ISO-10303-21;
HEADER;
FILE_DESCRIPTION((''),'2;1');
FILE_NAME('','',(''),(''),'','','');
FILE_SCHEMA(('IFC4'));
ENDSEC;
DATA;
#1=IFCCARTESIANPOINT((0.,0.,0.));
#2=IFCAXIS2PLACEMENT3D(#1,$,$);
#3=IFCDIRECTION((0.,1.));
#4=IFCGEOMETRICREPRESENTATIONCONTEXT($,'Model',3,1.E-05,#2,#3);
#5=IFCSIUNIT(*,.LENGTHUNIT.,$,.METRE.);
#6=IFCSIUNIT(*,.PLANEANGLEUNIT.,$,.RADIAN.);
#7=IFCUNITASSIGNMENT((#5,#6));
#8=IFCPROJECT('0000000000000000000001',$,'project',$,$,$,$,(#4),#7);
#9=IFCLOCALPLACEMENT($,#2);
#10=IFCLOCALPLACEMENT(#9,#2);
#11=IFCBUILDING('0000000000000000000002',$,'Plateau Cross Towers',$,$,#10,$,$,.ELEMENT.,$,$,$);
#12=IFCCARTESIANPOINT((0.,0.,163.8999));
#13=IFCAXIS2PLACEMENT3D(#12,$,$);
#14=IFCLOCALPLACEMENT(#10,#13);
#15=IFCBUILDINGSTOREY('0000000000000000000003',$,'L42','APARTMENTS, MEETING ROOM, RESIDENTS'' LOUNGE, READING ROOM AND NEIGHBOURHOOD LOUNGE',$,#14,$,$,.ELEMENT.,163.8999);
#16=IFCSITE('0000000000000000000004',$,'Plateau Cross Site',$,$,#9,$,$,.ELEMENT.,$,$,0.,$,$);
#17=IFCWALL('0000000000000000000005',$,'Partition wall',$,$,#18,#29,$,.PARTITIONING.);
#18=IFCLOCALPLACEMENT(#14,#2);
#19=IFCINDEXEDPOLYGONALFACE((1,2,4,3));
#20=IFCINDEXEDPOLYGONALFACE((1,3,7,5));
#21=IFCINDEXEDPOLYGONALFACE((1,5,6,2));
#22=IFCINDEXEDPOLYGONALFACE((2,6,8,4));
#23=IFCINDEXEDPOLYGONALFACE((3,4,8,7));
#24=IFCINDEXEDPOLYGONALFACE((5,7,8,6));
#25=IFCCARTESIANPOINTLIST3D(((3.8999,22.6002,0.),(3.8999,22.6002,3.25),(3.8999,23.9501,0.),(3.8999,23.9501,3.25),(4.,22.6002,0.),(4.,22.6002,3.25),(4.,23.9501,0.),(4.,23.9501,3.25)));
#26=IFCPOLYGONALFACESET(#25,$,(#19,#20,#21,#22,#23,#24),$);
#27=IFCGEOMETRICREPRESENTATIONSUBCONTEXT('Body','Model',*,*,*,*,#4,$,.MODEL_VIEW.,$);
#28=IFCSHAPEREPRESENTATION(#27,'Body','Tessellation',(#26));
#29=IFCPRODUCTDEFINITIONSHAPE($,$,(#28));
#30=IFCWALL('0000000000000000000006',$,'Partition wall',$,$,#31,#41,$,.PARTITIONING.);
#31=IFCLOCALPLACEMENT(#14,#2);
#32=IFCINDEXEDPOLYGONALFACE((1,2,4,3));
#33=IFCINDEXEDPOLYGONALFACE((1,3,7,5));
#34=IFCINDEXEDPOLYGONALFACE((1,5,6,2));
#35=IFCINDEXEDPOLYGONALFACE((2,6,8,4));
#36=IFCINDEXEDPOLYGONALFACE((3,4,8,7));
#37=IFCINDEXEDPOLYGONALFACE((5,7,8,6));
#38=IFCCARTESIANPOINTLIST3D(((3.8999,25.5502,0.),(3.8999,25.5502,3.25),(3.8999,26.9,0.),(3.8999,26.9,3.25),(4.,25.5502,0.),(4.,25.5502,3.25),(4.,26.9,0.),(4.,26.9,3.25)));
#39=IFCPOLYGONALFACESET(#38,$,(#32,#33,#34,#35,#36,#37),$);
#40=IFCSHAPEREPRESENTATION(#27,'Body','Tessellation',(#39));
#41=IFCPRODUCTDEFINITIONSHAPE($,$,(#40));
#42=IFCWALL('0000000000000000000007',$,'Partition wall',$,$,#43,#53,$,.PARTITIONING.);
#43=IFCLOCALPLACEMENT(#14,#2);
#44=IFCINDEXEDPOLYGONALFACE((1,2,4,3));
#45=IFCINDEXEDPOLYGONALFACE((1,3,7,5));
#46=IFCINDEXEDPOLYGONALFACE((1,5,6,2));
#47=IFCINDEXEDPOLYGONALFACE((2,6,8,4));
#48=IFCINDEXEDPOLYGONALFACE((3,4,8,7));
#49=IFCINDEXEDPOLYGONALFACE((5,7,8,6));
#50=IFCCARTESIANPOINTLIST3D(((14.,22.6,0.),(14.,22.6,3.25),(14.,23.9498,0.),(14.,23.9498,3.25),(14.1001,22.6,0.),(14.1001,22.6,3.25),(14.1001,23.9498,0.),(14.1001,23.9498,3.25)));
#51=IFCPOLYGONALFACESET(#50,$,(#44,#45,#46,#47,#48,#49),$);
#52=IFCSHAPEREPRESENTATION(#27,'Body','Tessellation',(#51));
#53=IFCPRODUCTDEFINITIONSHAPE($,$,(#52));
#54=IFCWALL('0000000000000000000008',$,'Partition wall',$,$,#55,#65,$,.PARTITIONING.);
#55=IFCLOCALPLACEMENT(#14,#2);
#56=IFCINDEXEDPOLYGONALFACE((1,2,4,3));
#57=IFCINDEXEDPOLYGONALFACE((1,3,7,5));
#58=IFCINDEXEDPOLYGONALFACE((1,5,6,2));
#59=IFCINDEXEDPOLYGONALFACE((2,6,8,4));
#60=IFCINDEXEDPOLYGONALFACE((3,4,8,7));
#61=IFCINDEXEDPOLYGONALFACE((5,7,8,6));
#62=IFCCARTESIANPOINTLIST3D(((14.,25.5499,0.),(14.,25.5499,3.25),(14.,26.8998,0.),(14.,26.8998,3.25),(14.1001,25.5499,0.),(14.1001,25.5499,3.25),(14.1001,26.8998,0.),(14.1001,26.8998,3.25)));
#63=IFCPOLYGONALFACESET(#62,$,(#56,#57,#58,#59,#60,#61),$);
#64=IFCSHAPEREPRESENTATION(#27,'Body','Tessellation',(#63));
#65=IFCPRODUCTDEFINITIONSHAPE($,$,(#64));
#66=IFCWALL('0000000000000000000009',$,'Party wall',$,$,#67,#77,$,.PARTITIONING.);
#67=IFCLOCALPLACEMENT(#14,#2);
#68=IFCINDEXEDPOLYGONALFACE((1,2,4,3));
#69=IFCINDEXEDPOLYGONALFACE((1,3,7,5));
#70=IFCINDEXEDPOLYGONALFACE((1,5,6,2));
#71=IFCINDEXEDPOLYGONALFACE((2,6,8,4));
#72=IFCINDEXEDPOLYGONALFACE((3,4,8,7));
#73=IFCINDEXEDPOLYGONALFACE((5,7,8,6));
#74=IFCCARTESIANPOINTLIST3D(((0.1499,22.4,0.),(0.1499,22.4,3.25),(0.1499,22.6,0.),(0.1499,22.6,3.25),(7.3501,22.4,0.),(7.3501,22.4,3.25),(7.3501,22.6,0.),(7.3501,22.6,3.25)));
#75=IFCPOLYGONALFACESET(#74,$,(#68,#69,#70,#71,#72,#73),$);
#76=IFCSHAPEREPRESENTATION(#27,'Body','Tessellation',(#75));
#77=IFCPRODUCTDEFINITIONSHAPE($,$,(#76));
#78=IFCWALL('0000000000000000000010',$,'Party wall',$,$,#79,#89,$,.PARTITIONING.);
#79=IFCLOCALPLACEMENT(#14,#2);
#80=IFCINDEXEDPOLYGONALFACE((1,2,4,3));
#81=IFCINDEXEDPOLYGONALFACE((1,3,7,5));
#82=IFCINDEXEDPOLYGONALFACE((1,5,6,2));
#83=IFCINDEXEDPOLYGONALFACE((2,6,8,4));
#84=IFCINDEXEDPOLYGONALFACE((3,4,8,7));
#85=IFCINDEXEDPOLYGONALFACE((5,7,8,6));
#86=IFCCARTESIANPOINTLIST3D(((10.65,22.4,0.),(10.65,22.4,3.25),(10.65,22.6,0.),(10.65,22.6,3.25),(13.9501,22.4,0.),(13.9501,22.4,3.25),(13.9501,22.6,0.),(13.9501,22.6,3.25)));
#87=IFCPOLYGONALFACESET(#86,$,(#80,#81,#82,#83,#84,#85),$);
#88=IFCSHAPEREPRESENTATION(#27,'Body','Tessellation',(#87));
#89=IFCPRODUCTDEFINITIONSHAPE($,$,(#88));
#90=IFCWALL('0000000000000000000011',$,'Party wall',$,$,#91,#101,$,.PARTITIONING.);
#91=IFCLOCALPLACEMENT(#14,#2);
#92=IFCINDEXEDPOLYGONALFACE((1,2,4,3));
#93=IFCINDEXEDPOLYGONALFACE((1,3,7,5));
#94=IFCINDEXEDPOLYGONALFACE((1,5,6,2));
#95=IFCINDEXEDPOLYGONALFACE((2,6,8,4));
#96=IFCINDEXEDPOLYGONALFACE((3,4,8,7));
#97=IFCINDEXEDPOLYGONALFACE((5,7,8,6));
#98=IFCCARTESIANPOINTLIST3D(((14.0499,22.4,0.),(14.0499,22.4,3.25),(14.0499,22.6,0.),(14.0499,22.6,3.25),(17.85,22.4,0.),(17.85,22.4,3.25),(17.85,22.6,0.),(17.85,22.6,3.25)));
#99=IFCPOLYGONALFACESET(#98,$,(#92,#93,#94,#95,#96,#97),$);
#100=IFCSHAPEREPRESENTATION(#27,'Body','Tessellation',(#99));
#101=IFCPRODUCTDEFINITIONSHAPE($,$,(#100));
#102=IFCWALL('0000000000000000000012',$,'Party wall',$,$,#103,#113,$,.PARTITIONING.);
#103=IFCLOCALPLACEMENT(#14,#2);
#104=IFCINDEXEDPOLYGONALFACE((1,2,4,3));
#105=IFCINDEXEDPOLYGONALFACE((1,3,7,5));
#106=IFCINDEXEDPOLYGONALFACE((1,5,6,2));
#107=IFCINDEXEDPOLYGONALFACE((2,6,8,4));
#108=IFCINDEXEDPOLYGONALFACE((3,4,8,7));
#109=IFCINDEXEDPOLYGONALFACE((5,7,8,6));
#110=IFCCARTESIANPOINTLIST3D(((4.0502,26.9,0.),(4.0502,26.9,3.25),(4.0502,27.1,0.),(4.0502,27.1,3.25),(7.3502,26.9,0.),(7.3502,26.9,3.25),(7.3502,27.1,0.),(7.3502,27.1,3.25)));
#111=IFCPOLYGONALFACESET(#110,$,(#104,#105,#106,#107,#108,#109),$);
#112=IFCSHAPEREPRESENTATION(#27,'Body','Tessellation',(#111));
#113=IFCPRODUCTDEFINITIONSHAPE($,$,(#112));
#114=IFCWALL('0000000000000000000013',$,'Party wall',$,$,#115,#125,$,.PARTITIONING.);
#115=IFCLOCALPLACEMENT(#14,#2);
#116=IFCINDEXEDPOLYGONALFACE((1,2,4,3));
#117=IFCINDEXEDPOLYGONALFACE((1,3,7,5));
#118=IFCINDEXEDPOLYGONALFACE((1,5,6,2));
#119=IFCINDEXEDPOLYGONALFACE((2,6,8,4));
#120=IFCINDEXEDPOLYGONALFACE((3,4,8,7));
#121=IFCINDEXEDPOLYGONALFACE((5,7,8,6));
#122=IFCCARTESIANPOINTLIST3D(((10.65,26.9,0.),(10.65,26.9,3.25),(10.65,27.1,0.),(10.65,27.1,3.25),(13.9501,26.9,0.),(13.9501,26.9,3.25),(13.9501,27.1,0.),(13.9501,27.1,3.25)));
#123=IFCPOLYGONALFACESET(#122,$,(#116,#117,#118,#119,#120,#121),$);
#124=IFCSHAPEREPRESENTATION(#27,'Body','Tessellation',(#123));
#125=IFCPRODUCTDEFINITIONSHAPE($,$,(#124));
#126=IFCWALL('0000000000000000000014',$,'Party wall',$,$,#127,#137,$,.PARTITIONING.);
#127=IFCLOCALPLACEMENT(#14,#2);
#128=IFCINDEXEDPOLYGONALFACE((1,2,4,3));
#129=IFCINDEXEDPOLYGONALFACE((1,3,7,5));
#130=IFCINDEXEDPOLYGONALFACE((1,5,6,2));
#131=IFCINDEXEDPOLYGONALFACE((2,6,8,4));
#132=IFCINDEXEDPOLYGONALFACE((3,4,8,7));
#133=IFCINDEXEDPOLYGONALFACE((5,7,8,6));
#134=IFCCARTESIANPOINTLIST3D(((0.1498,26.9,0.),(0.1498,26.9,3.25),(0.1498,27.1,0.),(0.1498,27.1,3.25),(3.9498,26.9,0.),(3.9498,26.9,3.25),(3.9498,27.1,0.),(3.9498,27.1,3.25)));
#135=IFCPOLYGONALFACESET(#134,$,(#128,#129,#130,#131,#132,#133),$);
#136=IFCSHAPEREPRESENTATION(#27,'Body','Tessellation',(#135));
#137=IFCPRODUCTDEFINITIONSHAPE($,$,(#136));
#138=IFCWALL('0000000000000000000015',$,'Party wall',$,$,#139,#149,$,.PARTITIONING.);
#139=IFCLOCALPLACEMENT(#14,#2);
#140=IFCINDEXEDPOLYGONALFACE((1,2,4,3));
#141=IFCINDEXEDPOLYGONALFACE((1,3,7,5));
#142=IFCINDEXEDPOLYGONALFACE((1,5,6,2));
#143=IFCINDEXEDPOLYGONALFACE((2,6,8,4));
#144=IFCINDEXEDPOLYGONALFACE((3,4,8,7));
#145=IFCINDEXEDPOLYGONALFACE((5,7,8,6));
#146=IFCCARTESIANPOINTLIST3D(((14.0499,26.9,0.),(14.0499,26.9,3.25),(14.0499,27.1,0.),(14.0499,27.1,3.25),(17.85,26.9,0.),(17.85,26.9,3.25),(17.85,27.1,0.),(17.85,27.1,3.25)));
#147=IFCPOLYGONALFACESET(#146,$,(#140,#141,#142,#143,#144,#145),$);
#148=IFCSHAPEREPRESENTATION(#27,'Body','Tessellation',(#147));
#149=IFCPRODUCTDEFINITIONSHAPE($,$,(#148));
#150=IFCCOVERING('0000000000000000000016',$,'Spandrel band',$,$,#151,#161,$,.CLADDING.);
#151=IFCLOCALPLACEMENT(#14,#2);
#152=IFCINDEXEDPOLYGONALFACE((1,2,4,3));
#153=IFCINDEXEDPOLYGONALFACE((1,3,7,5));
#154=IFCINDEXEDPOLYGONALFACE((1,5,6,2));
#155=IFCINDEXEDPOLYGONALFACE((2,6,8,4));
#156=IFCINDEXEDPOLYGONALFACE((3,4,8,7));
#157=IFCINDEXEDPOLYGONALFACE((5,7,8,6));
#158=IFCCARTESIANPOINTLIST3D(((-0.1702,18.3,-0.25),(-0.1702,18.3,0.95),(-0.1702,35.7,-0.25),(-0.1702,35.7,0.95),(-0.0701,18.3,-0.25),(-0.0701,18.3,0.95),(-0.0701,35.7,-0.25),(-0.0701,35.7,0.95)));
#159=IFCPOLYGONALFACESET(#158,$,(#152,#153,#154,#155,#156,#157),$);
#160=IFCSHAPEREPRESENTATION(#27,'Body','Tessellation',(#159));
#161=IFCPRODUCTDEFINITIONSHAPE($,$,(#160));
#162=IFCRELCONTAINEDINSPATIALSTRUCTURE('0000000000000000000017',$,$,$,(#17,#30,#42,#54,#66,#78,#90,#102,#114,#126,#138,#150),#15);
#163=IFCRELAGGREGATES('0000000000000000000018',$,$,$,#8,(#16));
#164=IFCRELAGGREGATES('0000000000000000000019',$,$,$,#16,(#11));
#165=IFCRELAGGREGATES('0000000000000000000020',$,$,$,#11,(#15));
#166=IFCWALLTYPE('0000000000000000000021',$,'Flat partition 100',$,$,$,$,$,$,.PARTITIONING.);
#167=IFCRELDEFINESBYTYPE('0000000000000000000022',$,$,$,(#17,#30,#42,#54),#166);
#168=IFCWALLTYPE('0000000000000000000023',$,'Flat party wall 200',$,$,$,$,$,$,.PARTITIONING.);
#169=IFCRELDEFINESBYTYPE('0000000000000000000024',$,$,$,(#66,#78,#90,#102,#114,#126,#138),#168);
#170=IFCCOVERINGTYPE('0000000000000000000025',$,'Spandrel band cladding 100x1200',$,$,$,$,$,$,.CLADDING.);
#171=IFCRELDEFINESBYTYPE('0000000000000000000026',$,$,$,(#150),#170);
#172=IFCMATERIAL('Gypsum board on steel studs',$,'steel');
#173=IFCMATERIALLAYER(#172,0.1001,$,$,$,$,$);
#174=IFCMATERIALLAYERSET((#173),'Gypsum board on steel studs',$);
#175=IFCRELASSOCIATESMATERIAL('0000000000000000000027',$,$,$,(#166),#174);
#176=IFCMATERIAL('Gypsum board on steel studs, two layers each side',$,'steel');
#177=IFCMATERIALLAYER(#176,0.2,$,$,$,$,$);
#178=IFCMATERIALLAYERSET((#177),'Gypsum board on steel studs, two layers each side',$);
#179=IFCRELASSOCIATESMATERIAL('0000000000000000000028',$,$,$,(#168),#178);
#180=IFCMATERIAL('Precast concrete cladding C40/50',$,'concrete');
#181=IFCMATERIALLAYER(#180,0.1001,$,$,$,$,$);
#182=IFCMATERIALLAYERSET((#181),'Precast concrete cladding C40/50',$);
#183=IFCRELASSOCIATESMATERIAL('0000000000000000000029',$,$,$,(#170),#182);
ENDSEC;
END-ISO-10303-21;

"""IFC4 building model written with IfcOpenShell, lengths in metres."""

from ifc_helpers import new_model, si_unit, direction, frame, frame_2d, origin, origin_2d, place, context, subcontext, project, spatial, rectangle, extrude, material, layer, layer_set, type_object, element, save


model = new_model("IFC4")

# Units and contexts
model_context = context("Model", 3, precision=1e-05, world=origin(), true_north=direction((0.0, 1.0)))
body_context = subcontext(model_context, "Body", "Model", "MODEL_VIEW")
ifc_project = project(units=[si_unit("LENGTHUNIT", "METRE"), si_unit("PLANEANGLEUNIT", "RADIAN")], contexts=[model_context])

# Site, building, storey
site_placement = place(None, origin())
site = spatial("IfcSite", under=ifc_project, at=site_placement, Name="Plateau Cross Site", CompositionType="ELEMENT", RefElevation=0.0)
building_placement = place(site_placement, origin())
building = spatial("IfcBuilding", under=site, at=building_placement, Name="Plateau Cross Towers", CompositionType="ELEMENT")
storey_placement = place(building_placement, frame((0.0, 0.0, 163.8999)))
storey = spatial("IfcBuildingStorey", under=building, at=storey_placement, Name="L42", Description="APARTMENTS, MEETING ROOM, RESIDENTS' LOUNGE, READING ROOM AND NEIGHBOURHOOD LOUNGE", CompositionType="ELEMENT", Elevation=163.8999)

# Shared definitions
ifc_material_1 = material(Name="Gypsum board on steel studs", Category="steel")
ifc_layer_1 = layer(ifc_material_1, 0.1001)
ifc_layer_set_1 = layer_set([ifc_layer_1], Name="Gypsum board on steel studs")
wall_type_1 = type_object("IfcWallType", Name="Flat partition 100", PredefinedType="PARTITIONING", material=ifc_layer_set_1)

# Walls
for number, where, z_axis, x_axis, name in (
    (1, (3.95, 23.95, 0.0), (0.0, 0.0, 1.0), (0.0, -1.0, 0.0), "Partition wall"),
    (2, (3.95, 26.8999, 0.0), (0.0, 0.0, 1.0), (0.0, -1.0, 0.0), "Partition wall"),
    (3, (14.05, 22.6001, 0.0), (0.0, 0.0, 1.0), (0.0, 1.0, 0.0), "Partition wall"),
    (4, (14.05, 25.55, 0.0), (0.0, 0.0, 1.0), (0.0, 1.0, 0.0), "Partition wall"),
):
    element("IfcWall", number, at=place(storey_placement, frame(where, z_axis=z_axis, x_axis=x_axis)), inside=storey, type_object=wall_type_1, Name=name, PredefinedType="PARTITIONING", context=body_context, shape_type="SweptSolid", body=[
        extrude(rectangle(XDim=1.3499, YDim=0.1001, at=frame_2d((0.6748, 0.0))), origin(), (0.0, 0.0, 1.0), 3.25),
    ])
ifc_material_2 = material(Name="Gypsum board on steel studs, two layers each side", Category="steel")
ifc_layer_2 = layer(ifc_material_2, 0.2)
ifc_layer_set_2 = layer_set([ifc_layer_2], Name="Gypsum board on steel studs, two layers each side")
wall_type_2 = type_object("IfcWallType", Name="Flat party wall 200", PredefinedType="PARTITIONING", material=ifc_layer_set_2)
wall_1_placement = place(storey_placement, frame((7.3501, 22.5, 0.0), z_axis=(0.0, 0.0, 1.0), x_axis=(-1.0, 0.0, 0.0)))
element("IfcWall", 5, at=wall_1_placement, inside=storey, type_object=wall_type_2, Name="Party wall", PredefinedType="PARTITIONING", context=body_context, shape_type="SweptSolid", body=[
    extrude(rectangle(XDim=7.2002, YDim=0.2, at=frame_2d((3.6001, 0.0))), origin(), (0.0, 0.0, 1.0), 3.25),
])
wall_2_placement = place(storey_placement, frame((13.95, 22.5, 0.0), z_axis=(0.0, 0.0, 1.0), x_axis=(-1.0, 0.0, 0.0)))
element("IfcWall", 6, at=wall_2_placement, inside=storey, type_object=wall_type_2, Name="Party wall", PredefinedType="PARTITIONING", context=body_context, shape_type="SweptSolid", body=[
    extrude(rectangle(XDim=3.3, YDim=0.2, at=frame_2d((1.6499, 0.0))), origin(), (0.0, 0.0, 1.0), 3.25),
])
wall_3_placement = place(storey_placement, frame((14.05, 22.5, 0.0), z_axis=(0.0, 0.0, 1.0), x_axis=(1.0, 0.0, 0.0)))
element("IfcWall", 7, at=wall_3_placement, inside=storey, type_object=wall_type_2, Name="Party wall", PredefinedType="PARTITIONING", context=body_context, shape_type="SweptSolid", body=[
    extrude(rectangle(XDim=3.8, YDim=0.2, at=frame_2d((1.8999, 0.0))), origin(), (0.0, 0.0, 1.0), 3.25),
])
for number, where, z_axis, x_axis, name in (
    (8, (7.3501, 27.0, 0.0), (0.0, 0.0, 1.0), (-1.0, 0.0, 0.0), "Party wall"),
    (9, (13.95, 27.0, 0.0), (0.0, 0.0, 1.0), (-1.0, 0.0, 0.0), "Party wall"),
):
    element("IfcWall", number, at=place(storey_placement, frame(where, z_axis=z_axis, x_axis=x_axis)), inside=storey, type_object=wall_type_2, Name=name, PredefinedType="PARTITIONING", context=body_context, shape_type="SweptSolid", body=[
        extrude(rectangle(XDim=3.3, YDim=0.2, at=frame_2d((1.6499, 0.0))), origin(), (0.0, 0.0, 1.0), 3.25),
    ])
for number, where, z_axis, x_axis, name in (
    (10, (0.1499, 27.0, 0.0), (0.0, 0.0, 1.0), (1.0, 0.0, 0.0), "Party wall"),
    (11, (14.05, 27.0, 0.0), (0.0, 0.0, 1.0), (1.0, 0.0, 0.0), "Party wall"),
):
    element("IfcWall", number, at=place(storey_placement, frame(where, z_axis=z_axis, x_axis=x_axis)), inside=storey, type_object=wall_type_2, Name=name, PredefinedType="PARTITIONING", context=body_context, shape_type="SweptSolid", body=[
        extrude(rectangle(XDim=3.8, YDim=0.2, at=frame_2d((1.8999, 0.0))), origin(), (0.0, 0.0, 1.0), 3.25),
    ])

# Covering
ifc_material_3 = material(Name="Precast concrete cladding C40/50", Category="concrete")
ifc_layer_3 = layer(ifc_material_3, 0.1001)
ifc_layer_set_3 = layer_set([ifc_layer_3], Name="Precast concrete cladding C40/50")
covering_type = type_object("IfcCoveringType", Name="Spandrel band cladding 100x1200", PredefinedType="CLADDING", material=ifc_layer_set_3)
covering_placement = place(storey_placement, frame((-0.1201, 27.0, -0.25), z_axis=(0.0, 0.0, 1.0), x_axis=(0.0, -1.0, 0.0)))
element("IfcCovering", 12, at=covering_placement, inside=storey, type_object=covering_type, Name="Spandrel band", PredefinedType="CLADDING", context=body_context, shape_type="SweptSolid", body=[
    extrude(rectangle(XDim=17.3999, YDim=0.1001, at=origin_2d()), origin(), (0.0, 0.0, 1.0), 1.2),
])

save(model, "model.ifc")
